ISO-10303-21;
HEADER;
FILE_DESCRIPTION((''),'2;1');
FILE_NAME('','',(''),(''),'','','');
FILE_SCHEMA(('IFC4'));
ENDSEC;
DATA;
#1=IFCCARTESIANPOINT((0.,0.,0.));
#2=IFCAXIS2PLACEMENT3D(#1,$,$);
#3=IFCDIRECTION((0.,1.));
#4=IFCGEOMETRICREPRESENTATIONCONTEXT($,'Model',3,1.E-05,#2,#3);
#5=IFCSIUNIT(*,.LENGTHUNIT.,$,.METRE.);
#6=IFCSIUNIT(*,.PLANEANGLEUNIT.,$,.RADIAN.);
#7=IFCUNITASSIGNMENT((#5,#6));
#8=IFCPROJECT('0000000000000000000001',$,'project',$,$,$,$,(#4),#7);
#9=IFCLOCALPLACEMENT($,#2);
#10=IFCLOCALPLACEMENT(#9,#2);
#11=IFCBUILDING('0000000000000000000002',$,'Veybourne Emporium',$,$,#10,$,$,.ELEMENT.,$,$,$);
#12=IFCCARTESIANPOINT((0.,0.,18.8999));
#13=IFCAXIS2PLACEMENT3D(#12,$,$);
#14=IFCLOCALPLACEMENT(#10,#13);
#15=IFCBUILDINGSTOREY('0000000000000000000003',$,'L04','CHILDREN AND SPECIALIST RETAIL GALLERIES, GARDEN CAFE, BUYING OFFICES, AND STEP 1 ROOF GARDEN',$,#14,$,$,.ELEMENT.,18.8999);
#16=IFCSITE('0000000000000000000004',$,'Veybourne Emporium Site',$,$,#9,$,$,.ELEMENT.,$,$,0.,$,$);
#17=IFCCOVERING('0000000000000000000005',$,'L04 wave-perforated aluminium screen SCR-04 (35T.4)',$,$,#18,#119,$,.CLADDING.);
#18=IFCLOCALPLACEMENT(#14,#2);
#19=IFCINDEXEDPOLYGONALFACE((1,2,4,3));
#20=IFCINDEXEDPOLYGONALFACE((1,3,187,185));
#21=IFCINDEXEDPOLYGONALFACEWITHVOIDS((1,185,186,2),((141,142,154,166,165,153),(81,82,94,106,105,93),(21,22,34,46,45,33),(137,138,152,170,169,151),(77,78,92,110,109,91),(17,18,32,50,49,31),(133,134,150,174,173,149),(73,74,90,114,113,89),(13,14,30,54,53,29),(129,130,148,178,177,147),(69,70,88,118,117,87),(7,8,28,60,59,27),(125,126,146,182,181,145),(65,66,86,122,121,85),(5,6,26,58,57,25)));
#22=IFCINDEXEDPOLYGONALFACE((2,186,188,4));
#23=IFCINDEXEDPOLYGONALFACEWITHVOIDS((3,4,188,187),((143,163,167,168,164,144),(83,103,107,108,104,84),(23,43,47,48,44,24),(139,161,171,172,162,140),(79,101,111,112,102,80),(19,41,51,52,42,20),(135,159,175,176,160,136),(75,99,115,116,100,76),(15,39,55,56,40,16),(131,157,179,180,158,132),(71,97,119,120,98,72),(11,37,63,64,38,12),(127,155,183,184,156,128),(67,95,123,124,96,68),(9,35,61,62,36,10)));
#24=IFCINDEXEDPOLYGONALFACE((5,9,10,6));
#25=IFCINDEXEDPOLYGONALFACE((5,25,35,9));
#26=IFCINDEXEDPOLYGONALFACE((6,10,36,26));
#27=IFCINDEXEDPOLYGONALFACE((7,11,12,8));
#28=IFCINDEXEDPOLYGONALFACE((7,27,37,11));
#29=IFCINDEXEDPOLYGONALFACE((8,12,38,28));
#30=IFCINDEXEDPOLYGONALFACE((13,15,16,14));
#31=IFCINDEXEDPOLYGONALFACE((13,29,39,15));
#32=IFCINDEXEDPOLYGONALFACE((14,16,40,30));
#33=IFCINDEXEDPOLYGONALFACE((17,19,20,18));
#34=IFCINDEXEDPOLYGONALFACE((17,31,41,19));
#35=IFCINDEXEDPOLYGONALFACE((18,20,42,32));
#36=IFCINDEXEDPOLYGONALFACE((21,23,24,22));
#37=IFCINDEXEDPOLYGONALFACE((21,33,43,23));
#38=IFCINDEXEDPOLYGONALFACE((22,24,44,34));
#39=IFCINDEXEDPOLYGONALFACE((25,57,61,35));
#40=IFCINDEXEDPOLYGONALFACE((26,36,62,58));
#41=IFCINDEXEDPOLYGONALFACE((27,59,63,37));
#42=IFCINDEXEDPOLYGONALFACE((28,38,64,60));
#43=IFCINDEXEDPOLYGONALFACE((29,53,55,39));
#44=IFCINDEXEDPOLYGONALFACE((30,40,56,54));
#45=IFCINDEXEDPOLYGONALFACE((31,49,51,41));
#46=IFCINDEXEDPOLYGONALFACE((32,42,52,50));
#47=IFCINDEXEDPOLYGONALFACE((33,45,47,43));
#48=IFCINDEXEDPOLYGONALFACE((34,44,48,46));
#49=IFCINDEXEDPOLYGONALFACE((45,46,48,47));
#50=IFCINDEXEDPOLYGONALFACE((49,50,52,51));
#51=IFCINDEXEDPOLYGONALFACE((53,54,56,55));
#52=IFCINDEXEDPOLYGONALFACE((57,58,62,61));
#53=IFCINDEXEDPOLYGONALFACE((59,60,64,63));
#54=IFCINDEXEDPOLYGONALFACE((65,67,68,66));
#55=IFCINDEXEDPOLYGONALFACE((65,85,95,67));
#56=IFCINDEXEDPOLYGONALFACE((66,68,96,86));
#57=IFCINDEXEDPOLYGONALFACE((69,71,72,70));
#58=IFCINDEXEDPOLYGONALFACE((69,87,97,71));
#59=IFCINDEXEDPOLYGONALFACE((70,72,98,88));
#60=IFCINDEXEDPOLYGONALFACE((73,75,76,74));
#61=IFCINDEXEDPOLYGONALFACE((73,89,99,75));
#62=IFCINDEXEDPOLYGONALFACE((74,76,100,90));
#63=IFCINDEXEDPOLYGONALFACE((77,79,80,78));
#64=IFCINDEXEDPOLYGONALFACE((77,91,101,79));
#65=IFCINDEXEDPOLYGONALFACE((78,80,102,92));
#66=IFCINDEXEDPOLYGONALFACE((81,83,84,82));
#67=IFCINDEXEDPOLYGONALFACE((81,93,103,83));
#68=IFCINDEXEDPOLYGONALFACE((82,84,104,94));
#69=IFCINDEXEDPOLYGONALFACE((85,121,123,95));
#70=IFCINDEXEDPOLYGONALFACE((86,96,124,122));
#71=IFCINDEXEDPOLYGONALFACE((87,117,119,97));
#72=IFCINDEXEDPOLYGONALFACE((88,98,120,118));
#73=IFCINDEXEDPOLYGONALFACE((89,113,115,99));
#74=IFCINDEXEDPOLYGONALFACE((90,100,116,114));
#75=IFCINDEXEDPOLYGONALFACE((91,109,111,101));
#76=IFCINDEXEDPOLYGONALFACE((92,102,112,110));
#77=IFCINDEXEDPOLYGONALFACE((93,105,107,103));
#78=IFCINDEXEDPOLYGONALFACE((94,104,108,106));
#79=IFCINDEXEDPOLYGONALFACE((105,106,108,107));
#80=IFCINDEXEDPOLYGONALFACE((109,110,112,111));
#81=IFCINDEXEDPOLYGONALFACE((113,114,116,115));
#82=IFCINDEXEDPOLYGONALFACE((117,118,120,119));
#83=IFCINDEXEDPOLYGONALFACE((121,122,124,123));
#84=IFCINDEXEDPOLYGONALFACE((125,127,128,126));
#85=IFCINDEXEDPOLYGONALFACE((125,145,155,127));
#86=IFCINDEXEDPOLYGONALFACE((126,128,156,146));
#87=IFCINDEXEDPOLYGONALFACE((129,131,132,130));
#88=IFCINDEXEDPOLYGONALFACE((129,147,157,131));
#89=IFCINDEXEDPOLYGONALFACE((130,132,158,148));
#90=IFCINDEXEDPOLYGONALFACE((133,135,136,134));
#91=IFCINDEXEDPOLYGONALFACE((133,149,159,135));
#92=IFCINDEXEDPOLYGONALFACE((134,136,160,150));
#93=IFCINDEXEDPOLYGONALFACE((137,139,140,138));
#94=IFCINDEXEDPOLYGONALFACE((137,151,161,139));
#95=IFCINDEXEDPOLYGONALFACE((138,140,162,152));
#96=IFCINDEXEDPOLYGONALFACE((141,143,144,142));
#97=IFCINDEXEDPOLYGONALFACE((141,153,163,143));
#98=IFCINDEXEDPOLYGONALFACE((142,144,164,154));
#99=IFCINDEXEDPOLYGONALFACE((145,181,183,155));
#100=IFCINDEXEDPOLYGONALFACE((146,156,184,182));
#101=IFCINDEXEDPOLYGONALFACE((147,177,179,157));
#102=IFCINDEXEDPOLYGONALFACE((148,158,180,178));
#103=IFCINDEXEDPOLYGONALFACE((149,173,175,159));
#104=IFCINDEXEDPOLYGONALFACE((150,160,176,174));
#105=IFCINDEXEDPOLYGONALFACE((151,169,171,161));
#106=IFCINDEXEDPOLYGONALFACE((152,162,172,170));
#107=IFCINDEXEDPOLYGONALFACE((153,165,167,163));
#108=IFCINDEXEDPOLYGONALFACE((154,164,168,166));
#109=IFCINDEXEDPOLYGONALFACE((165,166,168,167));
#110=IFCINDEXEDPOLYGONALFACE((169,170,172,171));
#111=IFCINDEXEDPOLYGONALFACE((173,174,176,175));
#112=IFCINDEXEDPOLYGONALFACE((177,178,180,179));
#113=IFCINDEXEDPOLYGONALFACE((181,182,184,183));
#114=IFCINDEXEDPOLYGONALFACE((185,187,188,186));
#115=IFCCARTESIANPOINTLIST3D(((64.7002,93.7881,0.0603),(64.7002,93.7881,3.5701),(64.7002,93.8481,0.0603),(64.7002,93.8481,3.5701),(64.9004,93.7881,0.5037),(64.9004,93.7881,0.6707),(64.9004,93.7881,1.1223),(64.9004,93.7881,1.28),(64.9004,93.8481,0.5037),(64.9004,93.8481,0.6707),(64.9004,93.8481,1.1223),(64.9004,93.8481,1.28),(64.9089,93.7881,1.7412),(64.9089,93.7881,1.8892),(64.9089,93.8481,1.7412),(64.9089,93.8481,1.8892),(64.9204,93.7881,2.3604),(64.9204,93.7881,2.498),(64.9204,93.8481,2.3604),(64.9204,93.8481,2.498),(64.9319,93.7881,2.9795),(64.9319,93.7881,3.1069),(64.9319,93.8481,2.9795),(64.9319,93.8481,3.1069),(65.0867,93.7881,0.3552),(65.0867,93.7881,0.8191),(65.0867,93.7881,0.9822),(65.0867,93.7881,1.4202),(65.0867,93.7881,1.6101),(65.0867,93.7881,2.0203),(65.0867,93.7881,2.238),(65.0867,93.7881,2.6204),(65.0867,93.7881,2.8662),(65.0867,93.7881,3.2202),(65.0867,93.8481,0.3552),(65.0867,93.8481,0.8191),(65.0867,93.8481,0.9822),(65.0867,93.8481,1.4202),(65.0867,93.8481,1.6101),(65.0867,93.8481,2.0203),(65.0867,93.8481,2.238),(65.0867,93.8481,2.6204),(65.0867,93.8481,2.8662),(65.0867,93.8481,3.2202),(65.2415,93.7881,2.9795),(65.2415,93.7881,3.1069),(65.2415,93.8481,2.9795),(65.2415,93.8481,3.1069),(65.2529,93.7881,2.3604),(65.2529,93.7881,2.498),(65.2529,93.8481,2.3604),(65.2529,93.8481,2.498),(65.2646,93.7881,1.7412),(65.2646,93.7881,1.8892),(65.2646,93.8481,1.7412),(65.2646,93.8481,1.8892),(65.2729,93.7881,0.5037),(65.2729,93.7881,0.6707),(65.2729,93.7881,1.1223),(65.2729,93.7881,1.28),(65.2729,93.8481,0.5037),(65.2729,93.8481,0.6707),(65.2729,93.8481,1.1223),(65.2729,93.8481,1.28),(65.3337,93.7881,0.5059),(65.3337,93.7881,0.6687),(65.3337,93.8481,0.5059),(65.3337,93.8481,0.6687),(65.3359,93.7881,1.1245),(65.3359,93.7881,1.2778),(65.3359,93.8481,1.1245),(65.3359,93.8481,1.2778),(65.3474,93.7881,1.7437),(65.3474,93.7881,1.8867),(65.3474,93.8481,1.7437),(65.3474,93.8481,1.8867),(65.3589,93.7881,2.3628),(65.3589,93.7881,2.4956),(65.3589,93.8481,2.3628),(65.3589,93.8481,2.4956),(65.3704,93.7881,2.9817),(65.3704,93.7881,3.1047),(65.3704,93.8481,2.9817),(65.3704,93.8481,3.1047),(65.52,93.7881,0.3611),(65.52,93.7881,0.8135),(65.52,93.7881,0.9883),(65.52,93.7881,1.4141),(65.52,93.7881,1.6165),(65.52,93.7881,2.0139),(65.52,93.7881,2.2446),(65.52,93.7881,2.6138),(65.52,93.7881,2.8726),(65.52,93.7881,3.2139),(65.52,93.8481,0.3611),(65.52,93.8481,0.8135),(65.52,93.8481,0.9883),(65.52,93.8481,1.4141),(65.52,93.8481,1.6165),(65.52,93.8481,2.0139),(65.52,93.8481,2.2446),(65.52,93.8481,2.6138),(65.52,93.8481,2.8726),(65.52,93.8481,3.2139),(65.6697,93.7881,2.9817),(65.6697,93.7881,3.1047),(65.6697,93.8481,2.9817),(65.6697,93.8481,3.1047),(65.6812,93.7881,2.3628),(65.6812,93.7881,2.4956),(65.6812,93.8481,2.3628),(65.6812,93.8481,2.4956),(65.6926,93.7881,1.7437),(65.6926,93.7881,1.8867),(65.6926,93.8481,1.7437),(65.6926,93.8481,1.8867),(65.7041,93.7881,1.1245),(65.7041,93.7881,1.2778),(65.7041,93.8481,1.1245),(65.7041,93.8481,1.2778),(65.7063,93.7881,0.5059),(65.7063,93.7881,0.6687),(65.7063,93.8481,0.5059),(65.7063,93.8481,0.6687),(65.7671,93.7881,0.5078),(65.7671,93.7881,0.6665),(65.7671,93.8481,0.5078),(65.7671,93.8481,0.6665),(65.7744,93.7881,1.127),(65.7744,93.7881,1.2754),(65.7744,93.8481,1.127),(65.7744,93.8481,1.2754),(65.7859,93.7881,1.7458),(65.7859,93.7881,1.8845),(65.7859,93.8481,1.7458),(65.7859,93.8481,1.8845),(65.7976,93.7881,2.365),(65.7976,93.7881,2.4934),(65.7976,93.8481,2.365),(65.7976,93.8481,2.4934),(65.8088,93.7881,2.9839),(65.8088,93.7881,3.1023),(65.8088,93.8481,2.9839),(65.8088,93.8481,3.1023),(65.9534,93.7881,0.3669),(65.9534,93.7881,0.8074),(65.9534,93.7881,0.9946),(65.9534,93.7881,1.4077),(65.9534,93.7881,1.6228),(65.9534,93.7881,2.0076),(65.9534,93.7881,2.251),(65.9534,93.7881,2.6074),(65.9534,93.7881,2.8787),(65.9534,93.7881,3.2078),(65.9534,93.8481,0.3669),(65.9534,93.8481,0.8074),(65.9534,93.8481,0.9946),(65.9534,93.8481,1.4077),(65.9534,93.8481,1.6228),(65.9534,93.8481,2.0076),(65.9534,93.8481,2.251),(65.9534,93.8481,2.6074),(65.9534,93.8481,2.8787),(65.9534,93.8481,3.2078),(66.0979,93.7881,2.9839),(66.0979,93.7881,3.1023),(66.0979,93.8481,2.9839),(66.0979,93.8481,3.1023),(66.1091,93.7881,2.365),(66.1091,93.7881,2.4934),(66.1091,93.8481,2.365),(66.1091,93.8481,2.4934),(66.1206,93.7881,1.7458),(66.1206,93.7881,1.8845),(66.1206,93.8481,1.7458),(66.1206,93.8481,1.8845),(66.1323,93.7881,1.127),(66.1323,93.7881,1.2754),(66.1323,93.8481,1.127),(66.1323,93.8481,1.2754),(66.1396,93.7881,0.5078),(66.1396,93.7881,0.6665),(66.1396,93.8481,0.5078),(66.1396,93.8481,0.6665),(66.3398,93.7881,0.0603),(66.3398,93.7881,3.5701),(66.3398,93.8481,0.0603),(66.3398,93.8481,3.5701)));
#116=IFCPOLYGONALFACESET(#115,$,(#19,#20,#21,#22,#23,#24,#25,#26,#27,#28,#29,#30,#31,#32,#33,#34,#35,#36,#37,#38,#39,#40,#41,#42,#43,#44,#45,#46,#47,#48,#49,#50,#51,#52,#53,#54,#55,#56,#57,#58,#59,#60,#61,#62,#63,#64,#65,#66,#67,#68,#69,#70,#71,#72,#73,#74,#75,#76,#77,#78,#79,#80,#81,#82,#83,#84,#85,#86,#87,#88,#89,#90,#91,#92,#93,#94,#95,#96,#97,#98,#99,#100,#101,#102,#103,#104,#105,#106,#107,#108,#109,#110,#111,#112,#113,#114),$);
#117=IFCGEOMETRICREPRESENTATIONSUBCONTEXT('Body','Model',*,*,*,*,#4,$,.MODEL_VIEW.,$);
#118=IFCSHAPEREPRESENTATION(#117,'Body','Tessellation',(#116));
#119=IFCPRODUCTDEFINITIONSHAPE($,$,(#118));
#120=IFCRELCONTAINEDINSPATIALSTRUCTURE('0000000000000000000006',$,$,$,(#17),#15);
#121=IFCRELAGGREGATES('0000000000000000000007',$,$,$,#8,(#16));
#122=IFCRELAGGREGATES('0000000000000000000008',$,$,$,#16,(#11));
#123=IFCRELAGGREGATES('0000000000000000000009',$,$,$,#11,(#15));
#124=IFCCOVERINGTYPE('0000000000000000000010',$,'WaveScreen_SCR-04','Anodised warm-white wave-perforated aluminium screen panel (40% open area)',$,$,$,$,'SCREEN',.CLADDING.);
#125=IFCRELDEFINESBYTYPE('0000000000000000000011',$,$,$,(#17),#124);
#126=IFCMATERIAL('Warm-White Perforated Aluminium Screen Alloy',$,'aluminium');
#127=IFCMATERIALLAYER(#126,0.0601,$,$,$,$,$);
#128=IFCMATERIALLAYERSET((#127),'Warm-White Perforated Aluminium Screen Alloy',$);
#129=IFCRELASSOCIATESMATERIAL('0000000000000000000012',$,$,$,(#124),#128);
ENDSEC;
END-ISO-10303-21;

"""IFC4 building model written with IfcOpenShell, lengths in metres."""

from ifc_helpers import new_model, si_unit, direction, frame, origin, place, context, subcontext, project, spatial, polyline, outline, extrude, material, layer, layer_set, type_object, element, save


model = new_model("IFC4")

# Units and contexts
model_context = context("Model", 3, precision=1e-05, world=origin(), true_north=direction((0.0, 1.0)))
body_context = subcontext(model_context, "Body", "Model", "MODEL_VIEW")
ifc_project = project(units=[si_unit("LENGTHUNIT", "METRE"), si_unit("PLANEANGLEUNIT", "RADIAN")], contexts=[model_context])

# Site, building, storey
site_placement = place(None, origin())
site = spatial("IfcSite", under=ifc_project, at=site_placement, Name="Veybourne Emporium Site", CompositionType="ELEMENT", RefElevation=0.0)
building_placement = place(site_placement, origin())
building = spatial("IfcBuilding", under=site, at=building_placement, Name="Veybourne Emporium", CompositionType="ELEMENT")
storey_placement = place(building_placement, frame((0.0, 0.0, 18.8999)))
storey = spatial("IfcBuildingStorey", under=building, at=storey_placement, Name="L04", Description="CHILDREN AND SPECIALIST RETAIL GALLERIES, GARDEN CAFE, BUYING OFFICES, AND STEP 1 ROOF GARDEN", CompositionType="ELEMENT", Elevation=18.8999)

# Covering
ifc_material_1 = material(Name="Warm-White Perforated Aluminium Screen Alloy", Category="aluminium")
ifc_layer_1 = layer(ifc_material_1, 0.0601)
ifc_layer_set_1 = layer_set([ifc_layer_1], Name="Warm-White Perforated Aluminium Screen Alloy")
covering_type_1 = type_object("IfcCoveringType", Name="WaveScreen_SCR-04", Description="Anodised warm-white wave-perforated aluminium screen panel (40% open area)", ElementType="SCREEN", PredefinedType="CLADDING", material=ifc_layer_set_1)
covering_1_placement = place(storey_placement, frame((65.52, 93.8481, 1.8152), z_axis=(0.0, -1.0, 0.0), x_axis=(1.0, 0.0, 0.0)))
element("IfcCovering", 1, at=covering_1_placement, inside=storey, type_object=covering_type_1, Name="L04 wave-perforated aluminium screen SCR-04 (35T.4)", PredefinedType="CLADDING", context=body_context, shape_type="SweptSolid", body=[
    extrude(outline(polyline([(-0.8198, -1.7549), (0.8198, -1.7549), (0.8198, 1.7549), (-0.8198, 1.7549), (-0.8198, -1.7549)]), holes=[polyline([(-0.4333, -0.9961), (-0.2471, -1.1445), (-0.2471, -1.3115), (-0.4333, -1.46), (-0.6196, -1.3115), (-0.6196, -1.1445), (-0.4333, -0.9961)]), polyline([(-0.4333, -0.395), (-0.2471, -0.5352), (-0.2471, -0.6929), (-0.4333, -0.833), (-0.6196, -0.6929), (-0.6196, -0.5352), (-0.4333, -0.395)]), polyline([(-0.4333, 0.2051), (-0.2554, 0.074), (-0.2554, -0.074), (-0.4333, -0.2051), (-0.6111, -0.074), (-0.6111, 0.074), (-0.4333, 0.2051)]), polyline([(-0.4333, 0.8052), (-0.2671, 0.6829), (-0.2671, 0.5452), (-0.4333, 0.4229), (-0.5996, 0.5452), (-0.5996, 0.6829), (-0.4333, 0.8052)]), polyline([(-0.4333, 1.405), (-0.2786, 1.2917), (-0.2786, 1.1643), (-0.4333, 1.051), (-0.5881, 1.1643), (-0.5881, 1.2917), (-0.4333, 1.405)]), polyline([(0.0, -1.0017), (0.1863, -1.1465), (0.1863, -1.3093), (0.0, -1.4541), (-0.1863, -1.3093), (-0.1863, -1.1465), (0.0, -1.0017)]), polyline([(0.0, -0.4011), (0.1841, -0.5374), (0.1841, -0.6907), (0.0, -0.8269), (-0.1841, -0.6907), (-0.1841, -0.5374), (0.0, -0.4011)]), polyline([(0.0, 0.1987), (0.1726, 0.0715), (0.1726, -0.0715), (0.0, -0.1987), (-0.1726, -0.0715), (-0.1726, 0.0715), (0.0, 0.1987)]), polyline([(0.0, 0.7986), (0.1611, 0.6804), (0.1611, 0.5476), (0.0, 0.4294), (-0.1611, 0.5476), (-0.1611, 0.6804), (0.0, 0.7986)]), polyline([(0.0, 1.3987), (0.1497, 1.2896), (0.1497, 1.1665), (0.0, 1.0574), (-0.1497, 1.1665), (-0.1497, 1.2896), (0.0, 1.3987)]), polyline([(0.4333, -1.0078), (0.6196, -1.1487), (0.6196, -1.3074), (0.4333, -1.4482), (0.2471, -1.3074), (0.2471, -1.1487), (0.4333, -1.0078)]), polyline([(0.4333, -0.4075), (0.6123, -0.5398), (0.6123, -0.6882), (0.4333, -0.8206), (0.2544, -0.6882), (0.2544, -0.5398), (0.4333, -0.4075)]), polyline([(0.4333, 0.1924), (0.6006, 0.0693), (0.6006, -0.0693), (0.4333, -0.1924), (0.2659, -0.0693), (0.2659, 0.0693), (0.4333, 0.1924)]), polyline([(0.4333, 0.7922), (0.5891, 0.6782), (0.5891, 0.5498), (0.4333, 0.4358), (0.2776, 0.5498), (0.2776, 0.6782), (0.4333, 0.7922)]), polyline([(0.4333, 1.3926), (0.5779, 1.2871), (0.5779, 1.1687), (0.4333, 1.0635), (0.2888, 1.1687), (0.2888, 1.2871), (0.4333, 1.3926)])]), origin(), (0.0, 0.0, 1.0), 0.0601),
])

save(model, "model.ifc")
